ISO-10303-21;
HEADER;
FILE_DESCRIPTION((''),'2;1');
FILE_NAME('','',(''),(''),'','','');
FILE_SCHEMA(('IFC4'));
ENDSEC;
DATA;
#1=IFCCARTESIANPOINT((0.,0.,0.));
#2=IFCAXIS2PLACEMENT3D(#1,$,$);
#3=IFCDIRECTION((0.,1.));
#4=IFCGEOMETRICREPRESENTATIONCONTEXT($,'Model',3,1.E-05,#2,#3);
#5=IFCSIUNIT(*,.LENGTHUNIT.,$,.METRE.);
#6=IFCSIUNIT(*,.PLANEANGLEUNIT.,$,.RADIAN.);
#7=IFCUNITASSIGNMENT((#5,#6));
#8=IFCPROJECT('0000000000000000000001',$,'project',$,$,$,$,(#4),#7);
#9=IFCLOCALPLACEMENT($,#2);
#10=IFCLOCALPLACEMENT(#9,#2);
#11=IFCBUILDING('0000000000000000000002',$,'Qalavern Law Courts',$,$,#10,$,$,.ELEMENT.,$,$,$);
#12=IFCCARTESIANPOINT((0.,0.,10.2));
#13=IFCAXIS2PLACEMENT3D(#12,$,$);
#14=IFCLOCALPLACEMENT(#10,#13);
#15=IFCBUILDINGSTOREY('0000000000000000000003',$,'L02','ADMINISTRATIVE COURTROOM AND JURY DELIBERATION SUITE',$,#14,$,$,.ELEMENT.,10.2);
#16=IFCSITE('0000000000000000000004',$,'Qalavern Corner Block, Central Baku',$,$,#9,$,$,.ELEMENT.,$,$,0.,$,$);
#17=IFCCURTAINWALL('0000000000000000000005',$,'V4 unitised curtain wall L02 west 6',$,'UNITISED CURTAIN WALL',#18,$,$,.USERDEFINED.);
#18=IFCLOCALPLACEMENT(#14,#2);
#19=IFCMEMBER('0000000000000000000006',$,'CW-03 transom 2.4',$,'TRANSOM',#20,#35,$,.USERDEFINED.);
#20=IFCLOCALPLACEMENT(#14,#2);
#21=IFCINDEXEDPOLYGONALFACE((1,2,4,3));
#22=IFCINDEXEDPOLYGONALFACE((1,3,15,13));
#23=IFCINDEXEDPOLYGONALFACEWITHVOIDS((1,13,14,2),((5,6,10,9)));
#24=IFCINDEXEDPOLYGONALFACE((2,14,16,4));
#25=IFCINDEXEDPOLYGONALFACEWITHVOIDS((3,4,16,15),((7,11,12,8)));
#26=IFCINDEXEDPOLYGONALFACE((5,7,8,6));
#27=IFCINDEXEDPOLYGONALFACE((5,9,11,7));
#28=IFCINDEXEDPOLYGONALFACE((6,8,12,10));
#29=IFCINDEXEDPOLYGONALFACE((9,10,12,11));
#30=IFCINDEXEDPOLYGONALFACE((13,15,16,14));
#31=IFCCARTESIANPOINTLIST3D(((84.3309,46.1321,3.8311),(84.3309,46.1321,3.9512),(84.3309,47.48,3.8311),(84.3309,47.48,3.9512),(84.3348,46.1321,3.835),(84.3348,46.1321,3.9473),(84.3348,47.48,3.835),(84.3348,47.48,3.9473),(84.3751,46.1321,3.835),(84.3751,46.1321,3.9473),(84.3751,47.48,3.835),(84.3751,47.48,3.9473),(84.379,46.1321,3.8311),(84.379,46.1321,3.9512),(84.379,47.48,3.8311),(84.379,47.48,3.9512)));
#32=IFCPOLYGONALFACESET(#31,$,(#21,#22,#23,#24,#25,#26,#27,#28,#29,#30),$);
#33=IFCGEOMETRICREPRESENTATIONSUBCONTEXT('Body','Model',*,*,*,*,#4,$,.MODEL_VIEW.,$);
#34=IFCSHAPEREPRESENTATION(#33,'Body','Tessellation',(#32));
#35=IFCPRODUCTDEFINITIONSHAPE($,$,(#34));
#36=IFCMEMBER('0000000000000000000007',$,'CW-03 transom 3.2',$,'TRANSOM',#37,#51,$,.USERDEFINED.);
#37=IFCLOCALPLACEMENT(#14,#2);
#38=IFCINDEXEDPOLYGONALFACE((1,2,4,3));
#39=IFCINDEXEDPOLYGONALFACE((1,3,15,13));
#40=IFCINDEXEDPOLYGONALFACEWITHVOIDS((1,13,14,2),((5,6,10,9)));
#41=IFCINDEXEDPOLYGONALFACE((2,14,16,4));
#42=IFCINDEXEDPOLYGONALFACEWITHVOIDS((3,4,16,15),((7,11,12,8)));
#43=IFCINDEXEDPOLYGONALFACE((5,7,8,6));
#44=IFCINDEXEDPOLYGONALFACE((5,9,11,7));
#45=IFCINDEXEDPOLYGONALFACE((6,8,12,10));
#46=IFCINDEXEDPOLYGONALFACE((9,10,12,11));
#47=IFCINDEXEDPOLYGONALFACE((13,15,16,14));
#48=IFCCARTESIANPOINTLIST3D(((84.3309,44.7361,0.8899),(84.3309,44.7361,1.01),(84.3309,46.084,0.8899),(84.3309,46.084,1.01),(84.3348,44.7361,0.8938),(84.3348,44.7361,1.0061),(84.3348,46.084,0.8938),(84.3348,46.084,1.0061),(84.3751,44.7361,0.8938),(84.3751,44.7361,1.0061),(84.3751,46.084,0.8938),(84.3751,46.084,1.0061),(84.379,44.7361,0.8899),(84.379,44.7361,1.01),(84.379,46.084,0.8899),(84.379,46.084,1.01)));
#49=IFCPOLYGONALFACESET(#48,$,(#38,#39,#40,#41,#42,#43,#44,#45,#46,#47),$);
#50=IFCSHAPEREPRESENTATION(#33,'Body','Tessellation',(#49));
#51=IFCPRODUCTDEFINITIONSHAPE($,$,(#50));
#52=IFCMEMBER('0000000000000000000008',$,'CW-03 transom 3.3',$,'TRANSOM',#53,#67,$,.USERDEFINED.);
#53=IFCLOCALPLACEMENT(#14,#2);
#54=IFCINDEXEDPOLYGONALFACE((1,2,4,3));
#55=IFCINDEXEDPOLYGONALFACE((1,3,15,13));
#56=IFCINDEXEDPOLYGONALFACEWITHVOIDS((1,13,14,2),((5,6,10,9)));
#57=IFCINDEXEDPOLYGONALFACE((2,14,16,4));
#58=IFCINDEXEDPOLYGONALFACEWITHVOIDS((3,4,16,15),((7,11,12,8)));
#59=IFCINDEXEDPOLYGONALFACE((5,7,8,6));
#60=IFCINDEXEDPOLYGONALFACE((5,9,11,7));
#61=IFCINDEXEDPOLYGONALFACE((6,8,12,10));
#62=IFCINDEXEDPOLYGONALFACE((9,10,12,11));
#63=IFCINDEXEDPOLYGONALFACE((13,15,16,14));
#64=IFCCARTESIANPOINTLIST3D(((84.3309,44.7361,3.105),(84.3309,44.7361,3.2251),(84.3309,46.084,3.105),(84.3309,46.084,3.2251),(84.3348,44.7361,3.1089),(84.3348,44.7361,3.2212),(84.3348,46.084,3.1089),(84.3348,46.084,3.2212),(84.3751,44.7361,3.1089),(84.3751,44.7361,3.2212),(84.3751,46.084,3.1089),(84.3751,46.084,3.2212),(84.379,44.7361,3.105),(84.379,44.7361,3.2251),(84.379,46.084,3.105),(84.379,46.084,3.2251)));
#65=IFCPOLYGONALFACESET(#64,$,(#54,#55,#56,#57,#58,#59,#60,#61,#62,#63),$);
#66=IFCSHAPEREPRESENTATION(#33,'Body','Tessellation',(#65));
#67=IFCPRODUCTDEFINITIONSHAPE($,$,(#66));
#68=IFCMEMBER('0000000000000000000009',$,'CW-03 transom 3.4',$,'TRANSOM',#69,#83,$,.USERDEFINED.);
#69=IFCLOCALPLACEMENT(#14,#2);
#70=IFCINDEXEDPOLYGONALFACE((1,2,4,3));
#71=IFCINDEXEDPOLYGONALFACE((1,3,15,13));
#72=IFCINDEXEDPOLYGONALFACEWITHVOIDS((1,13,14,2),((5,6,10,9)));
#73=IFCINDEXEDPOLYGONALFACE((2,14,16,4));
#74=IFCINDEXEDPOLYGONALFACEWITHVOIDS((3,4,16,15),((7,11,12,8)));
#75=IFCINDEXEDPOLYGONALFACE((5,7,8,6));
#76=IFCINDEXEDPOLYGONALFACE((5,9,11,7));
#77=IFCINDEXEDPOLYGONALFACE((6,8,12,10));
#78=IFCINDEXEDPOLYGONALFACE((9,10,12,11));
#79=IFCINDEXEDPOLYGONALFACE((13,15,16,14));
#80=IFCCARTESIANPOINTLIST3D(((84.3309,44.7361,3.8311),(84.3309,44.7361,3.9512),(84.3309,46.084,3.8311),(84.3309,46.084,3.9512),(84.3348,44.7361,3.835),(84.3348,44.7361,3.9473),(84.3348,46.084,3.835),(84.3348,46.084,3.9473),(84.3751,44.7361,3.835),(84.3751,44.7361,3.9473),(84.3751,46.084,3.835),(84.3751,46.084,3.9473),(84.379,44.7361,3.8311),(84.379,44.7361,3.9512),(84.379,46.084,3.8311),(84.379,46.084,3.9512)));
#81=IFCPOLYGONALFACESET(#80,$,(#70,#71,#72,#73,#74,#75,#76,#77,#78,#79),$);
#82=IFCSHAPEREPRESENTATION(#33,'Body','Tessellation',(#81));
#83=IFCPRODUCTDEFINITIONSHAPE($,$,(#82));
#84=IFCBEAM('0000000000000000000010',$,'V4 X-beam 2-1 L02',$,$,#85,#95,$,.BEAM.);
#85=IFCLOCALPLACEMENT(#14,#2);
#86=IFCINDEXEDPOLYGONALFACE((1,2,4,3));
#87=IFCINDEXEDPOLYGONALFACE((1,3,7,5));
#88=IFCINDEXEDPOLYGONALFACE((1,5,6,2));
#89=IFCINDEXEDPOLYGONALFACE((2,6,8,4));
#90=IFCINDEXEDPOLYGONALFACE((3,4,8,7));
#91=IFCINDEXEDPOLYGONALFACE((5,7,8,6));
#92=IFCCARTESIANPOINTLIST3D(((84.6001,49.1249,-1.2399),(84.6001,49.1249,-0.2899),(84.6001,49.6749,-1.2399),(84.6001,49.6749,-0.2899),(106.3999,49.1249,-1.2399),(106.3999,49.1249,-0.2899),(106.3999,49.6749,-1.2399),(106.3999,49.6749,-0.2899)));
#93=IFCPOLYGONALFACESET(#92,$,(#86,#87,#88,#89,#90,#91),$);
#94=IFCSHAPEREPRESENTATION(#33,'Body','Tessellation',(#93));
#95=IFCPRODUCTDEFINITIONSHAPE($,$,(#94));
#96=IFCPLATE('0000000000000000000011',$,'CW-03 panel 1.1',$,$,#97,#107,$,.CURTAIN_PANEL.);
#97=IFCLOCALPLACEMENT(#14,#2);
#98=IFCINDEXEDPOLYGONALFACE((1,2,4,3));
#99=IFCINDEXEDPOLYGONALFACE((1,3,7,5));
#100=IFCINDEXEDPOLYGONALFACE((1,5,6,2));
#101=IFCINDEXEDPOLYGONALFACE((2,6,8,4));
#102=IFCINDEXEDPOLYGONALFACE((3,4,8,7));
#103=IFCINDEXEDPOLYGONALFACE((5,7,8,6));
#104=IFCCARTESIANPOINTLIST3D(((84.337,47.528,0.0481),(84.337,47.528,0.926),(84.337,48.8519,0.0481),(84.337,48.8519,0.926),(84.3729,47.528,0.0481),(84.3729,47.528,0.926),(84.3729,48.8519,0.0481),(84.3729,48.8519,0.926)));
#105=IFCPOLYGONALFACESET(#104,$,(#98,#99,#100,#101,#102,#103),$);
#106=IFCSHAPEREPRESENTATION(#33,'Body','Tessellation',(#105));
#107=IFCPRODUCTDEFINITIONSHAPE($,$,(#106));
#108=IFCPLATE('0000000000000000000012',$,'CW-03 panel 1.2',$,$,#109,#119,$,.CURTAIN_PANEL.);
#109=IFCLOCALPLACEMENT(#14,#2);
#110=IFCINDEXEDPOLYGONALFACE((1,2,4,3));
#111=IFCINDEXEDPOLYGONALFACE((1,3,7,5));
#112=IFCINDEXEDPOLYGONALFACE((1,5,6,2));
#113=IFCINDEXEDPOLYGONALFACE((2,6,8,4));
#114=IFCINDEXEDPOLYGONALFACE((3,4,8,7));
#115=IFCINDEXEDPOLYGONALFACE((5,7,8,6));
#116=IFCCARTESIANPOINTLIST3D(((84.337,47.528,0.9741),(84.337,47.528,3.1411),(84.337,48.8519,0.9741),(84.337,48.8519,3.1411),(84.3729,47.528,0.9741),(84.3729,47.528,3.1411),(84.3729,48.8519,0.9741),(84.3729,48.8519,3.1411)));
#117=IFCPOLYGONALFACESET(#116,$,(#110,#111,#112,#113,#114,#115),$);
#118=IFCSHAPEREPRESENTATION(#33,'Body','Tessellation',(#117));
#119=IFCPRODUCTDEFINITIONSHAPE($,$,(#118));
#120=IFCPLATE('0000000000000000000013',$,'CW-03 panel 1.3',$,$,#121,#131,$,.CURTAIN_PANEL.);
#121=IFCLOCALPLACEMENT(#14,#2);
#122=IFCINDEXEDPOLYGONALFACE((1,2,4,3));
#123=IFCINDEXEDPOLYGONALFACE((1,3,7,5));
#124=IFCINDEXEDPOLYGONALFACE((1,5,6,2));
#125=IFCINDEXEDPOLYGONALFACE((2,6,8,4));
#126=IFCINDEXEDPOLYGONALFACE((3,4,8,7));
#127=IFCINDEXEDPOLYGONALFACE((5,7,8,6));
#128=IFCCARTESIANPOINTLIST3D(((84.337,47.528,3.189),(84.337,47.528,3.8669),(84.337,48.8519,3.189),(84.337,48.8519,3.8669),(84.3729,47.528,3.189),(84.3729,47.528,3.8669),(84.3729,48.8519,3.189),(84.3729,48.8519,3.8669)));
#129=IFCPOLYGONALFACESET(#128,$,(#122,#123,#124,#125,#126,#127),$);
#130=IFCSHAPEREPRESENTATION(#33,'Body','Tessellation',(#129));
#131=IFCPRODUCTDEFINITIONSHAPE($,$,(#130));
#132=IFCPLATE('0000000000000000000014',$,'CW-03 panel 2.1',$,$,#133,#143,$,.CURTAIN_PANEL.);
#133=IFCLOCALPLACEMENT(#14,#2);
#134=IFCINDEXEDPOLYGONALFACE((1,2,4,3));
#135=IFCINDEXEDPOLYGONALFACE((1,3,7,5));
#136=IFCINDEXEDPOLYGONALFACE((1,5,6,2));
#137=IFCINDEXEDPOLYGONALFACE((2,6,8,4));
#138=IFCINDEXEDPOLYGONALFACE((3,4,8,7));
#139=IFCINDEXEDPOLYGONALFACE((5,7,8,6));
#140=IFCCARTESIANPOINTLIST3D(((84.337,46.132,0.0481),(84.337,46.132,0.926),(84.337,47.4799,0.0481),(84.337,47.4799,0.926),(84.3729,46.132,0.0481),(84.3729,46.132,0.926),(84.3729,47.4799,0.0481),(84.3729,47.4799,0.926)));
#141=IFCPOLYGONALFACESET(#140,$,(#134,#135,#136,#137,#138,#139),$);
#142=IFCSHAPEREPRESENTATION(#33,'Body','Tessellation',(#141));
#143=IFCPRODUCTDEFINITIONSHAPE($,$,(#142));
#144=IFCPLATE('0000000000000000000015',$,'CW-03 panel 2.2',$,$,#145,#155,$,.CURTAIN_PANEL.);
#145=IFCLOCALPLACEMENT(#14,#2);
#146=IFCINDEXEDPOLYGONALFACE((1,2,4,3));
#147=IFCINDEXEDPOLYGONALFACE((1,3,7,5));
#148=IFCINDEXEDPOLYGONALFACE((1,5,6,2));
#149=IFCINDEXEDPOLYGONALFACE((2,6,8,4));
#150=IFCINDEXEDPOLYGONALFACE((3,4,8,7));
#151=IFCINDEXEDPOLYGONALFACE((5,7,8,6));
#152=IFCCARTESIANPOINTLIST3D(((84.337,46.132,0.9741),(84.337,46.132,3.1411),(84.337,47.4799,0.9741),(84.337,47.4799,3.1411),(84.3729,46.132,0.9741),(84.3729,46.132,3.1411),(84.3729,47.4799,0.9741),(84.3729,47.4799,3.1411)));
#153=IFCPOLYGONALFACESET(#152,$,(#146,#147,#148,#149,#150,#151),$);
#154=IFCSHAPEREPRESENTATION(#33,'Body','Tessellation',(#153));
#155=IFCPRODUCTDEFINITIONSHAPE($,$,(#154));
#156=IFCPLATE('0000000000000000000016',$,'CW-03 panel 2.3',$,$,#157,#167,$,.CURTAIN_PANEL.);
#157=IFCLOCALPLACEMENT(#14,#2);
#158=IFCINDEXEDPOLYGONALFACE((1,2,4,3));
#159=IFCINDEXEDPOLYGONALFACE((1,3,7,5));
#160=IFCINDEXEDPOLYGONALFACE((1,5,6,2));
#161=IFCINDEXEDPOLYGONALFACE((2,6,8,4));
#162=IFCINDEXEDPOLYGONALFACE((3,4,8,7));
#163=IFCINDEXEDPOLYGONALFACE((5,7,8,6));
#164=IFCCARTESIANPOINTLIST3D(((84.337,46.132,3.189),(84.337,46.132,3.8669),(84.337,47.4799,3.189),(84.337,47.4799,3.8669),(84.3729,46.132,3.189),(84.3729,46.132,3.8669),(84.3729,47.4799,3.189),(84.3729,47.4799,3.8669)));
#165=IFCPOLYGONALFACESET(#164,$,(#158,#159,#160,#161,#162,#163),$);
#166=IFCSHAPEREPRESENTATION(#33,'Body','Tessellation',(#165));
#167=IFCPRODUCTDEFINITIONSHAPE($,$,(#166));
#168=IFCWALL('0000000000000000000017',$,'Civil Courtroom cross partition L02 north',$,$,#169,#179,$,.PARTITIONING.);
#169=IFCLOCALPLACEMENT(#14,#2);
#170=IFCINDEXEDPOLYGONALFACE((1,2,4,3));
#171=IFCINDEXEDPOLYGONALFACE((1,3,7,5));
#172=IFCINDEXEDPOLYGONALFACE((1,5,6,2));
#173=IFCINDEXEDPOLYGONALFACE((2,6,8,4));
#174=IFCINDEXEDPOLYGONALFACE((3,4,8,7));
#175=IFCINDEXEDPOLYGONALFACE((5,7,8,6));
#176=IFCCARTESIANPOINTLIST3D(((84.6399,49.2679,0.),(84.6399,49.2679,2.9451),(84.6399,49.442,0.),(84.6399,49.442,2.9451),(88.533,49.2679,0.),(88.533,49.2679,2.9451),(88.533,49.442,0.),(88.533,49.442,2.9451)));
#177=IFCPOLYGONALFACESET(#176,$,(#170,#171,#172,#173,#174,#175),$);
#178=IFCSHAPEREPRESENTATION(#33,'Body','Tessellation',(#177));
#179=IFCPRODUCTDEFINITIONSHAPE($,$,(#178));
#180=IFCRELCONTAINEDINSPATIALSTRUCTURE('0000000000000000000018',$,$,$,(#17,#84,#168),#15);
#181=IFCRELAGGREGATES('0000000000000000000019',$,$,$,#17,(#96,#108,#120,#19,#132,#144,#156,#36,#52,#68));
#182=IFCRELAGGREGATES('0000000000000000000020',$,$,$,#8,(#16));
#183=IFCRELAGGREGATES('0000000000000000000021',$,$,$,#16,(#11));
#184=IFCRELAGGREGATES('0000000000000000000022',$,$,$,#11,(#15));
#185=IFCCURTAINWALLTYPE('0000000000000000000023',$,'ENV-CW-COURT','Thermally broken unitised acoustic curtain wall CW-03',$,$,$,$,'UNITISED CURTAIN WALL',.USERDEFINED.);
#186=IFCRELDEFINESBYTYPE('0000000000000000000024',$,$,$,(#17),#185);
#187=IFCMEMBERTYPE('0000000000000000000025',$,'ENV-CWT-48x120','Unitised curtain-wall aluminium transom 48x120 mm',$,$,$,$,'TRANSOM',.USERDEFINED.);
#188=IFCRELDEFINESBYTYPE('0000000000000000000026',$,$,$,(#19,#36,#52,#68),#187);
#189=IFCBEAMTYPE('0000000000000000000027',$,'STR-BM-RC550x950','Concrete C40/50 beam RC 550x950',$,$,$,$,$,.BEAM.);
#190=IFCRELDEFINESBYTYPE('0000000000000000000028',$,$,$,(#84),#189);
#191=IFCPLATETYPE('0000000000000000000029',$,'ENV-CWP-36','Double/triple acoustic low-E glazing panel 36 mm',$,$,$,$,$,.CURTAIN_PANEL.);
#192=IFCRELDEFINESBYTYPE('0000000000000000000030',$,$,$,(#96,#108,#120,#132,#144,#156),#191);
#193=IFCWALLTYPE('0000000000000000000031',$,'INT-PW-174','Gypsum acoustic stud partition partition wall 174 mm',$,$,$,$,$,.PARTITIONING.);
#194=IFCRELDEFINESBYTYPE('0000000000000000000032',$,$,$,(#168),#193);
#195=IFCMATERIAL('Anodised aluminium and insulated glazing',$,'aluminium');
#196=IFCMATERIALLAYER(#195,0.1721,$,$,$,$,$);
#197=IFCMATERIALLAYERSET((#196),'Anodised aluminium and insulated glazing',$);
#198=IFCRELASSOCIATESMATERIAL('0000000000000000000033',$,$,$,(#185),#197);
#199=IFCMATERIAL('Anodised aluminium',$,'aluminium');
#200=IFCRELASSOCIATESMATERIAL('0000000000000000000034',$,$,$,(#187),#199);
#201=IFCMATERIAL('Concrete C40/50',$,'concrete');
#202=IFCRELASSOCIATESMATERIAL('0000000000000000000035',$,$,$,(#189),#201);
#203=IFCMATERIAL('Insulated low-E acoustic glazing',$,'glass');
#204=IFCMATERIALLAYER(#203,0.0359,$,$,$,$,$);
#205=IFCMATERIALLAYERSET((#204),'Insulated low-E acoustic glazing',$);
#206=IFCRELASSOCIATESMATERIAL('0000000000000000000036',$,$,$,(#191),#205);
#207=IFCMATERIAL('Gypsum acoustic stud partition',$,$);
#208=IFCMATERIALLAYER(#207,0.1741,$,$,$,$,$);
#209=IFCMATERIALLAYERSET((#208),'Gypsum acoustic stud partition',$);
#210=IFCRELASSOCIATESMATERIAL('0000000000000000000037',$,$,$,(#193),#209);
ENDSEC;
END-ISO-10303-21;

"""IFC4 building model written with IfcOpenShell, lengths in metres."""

from ifc_helpers import new_model, si_unit, direction, frame, frame_2d, origin, origin_2d, place, context, subcontext, project, spatial, rectangle, hollow_rectangle, extrude, material, layer, layer_set, material_profile, profile_set, type_object, element, aggregate, save


model = new_model("IFC4")

# Units and contexts
model_context = context("Model", 3, precision=1e-05, world=origin(), true_north=direction((0.0, 1.0)))
body_context = subcontext(model_context, "Body", "Model", "MODEL_VIEW")
ifc_project = project(units=[si_unit("LENGTHUNIT", "METRE"), si_unit("PLANEANGLEUNIT", "RADIAN")], contexts=[model_context])

# Site, building, storey
site_placement = place(None, origin())
site = spatial("IfcSite", under=ifc_project, at=site_placement, Name="Qalavern Corner Block, Central Baku", CompositionType="ELEMENT", RefElevation=0.0)
building_placement = place(site_placement, origin())
building = spatial("IfcBuilding", under=site, at=building_placement, Name="Qalavern Law Courts", CompositionType="ELEMENT")
storey_placement = place(building_placement, frame((0.0, 0.0, 10.2)))
storey = spatial("IfcBuildingStorey", under=building, at=storey_placement, Name="L02", Description="ADMINISTRATIVE COURTROOM AND JURY DELIBERATION SUITE", CompositionType="ELEMENT", Elevation=10.2)

# Curtain wall, members
ifc_material_1 = material(Name="Anodised aluminium and insulated glazing", Category="aluminium")
ifc_layer_1 = layer(ifc_material_1, 0.1721)
ifc_layer_set_1 = layer_set([ifc_layer_1], Name="Anodised aluminium and insulated glazing")
curtain_wall_type = type_object("IfcCurtainWallType", Name="ENV-CW-COURT", Description="Thermally broken unitised acoustic curtain wall CW-03", ElementType="UNITISED CURTAIN WALL", PredefinedType="USERDEFINED", material=ifc_layer_set_1)
curtain_wall_placement = place(storey_placement, origin())
curtain_wall = element("IfcCurtainWall", 1, at=curtain_wall_placement, inside=storey, type_object=curtain_wall_type, Name="V4 unitised curtain wall L02 west 6", ObjectType="UNITISED CURTAIN WALL", PredefinedType="USERDEFINED")
ifc_material_2 = material(Name="Anodised aluminium", Category="aluminium")
ifc_material_profile_1 = material_profile(ifc_material_2, hollow_rectangle(XDim=0.0481, YDim=0.1201, WallThickness=0.0039, at=origin_2d()), Name="ALU TRANSOM 48x120")
ifc_profile_set_1 = profile_set([ifc_material_profile_1], Name="Anodised aluminium")
member_type_1 = type_object("IfcMemberType", Name="ENV-CWT-48x120", Description="Unitised curtain-wall aluminium transom 48x120 mm", ElementType="TRANSOM", PredefinedType="USERDEFINED", material=ifc_profile_set_1)
member_1_placement = place(storey_placement, frame((84.355, 47.48, 3.8911), z_axis=(0.0, -1.0, 0.0), x_axis=(1.0, 0.0, 0.0)))
member_1 = element("IfcMember", 2, at=member_1_placement, type_object=member_type_1, Name="CW-03 transom 2.4", ObjectType="TRANSOM", PredefinedType="USERDEFINED", context=body_context, shape_type="SweptSolid", body=[
    extrude(hollow_rectangle(XDim=0.0481, YDim=0.1201, WallThickness=0.0039, at=origin_2d()), origin(), (0.0, 0.0, 1.0), 1.3479),
])
member_2_placement = place(storey_placement, frame((84.355, 46.084, 0.95), z_axis=(0.0, -1.0, 0.0), x_axis=(1.0, 0.0, 0.0)))
member_2 = element("IfcMember", 3, at=member_2_placement, type_object=member_type_1, Name="CW-03 transom 3.2", ObjectType="TRANSOM", PredefinedType="USERDEFINED", context=body_context, shape_type="SweptSolid", body=[
    extrude(hollow_rectangle(XDim=0.0481, YDim=0.1201, WallThickness=0.0039, at=origin_2d()), origin(), (0.0, 0.0, 1.0), 1.3479),
])
member_3_placement = place(storey_placement, frame((84.355, 46.084, 3.165), z_axis=(0.0, -1.0, 0.0), x_axis=(1.0, 0.0, 0.0)))
member_3 = element("IfcMember", 4, at=member_3_placement, type_object=member_type_1, Name="CW-03 transom 3.3", ObjectType="TRANSOM", PredefinedType="USERDEFINED", context=body_context, shape_type="SweptSolid", body=[
    extrude(hollow_rectangle(XDim=0.0481, YDim=0.1201, WallThickness=0.0039, at=origin_2d()), origin(), (0.0, 0.0, 1.0), 1.3479),
])
member_4_placement = place(storey_placement, frame((84.355, 46.084, 3.8911), z_axis=(0.0, -1.0, 0.0), x_axis=(1.0, 0.0, 0.0)))
member_4 = element("IfcMember", 5, at=member_4_placement, type_object=member_type_1, Name="CW-03 transom 3.4", ObjectType="TRANSOM", PredefinedType="USERDEFINED", context=body_context, shape_type="SweptSolid", body=[
    extrude(hollow_rectangle(XDim=0.0481, YDim=0.1201, WallThickness=0.0039, at=origin_2d()), origin(), (0.0, 0.0, 1.0), 1.3479),
])

# Beam
ifc_material_3 = material(Name="Concrete C40/50", Category="concrete")
ifc_material_profile_2 = material_profile(ifc_material_3, rectangle(XDim=0.55, YDim=0.95, at=origin_2d()), Name="RC 550x950")
ifc_profile_set_2 = profile_set([ifc_material_profile_2], Name="Concrete C40/50")
beam_type = type_object("IfcBeamType", Name="STR-BM-RC550x950", Description="Concrete C40/50 beam RC 550x950", PredefinedType="BEAM", material=ifc_profile_set_2)
beam_placement = place(storey_placement, frame((84.6001, 49.3999, -0.7649), z_axis=(1.0, 0.0, 0.0), x_axis=(0.0, 1.0, 0.0)))
element("IfcBeam", 6, at=beam_placement, inside=storey, type_object=beam_type, Name="V4 X-beam 2-1 L02", PredefinedType="BEAM", context=body_context, shape_type="SweptSolid", body=[
    extrude(rectangle(XDim=0.55, YDim=0.95, at=origin_2d()), origin(), (0.0, 0.0, 1.0), 21.7998),
])

# Plates
ifc_material_4 = material(Name="Insulated low-E acoustic glazing", Category="glass")
ifc_layer_2 = layer(ifc_material_4, 0.0359)
ifc_layer_set_2 = layer_set([ifc_layer_2], Name="Insulated low-E acoustic glazing")
plate_type = type_object("IfcPlateType", Name="ENV-CWP-36", Description="Double/triple acoustic low-E glazing panel 36 mm", PredefinedType="CURTAIN_PANEL", material=ifc_layer_set_2)
plate_1_placement = place(storey_placement, frame((84.355, 48.1899, 0.0481), z_axis=(0.0, 0.0, 1.0), x_axis=(0.0, -1.0, 0.0)))
plate_1 = element("IfcPlate", 7, at=plate_1_placement, type_object=plate_type, Name="CW-03 panel 1.1", PredefinedType="CURTAIN_PANEL", context=body_context, shape_type="SweptSolid", body=[
    extrude(rectangle(XDim=1.324, YDim=0.0359, at=origin_2d()), origin(), (0.0, 0.0, 1.0), 0.8779),
])
plate_2_placement = place(storey_placement, frame((84.355, 48.1899, 0.9741), z_axis=(0.0, 0.0, 1.0), x_axis=(0.0, -1.0, 0.0)))
plate_2 = element("IfcPlate", 8, at=plate_2_placement, type_object=plate_type, Name="CW-03 panel 1.2", PredefinedType="CURTAIN_PANEL", context=body_context, shape_type="SweptSolid", body=[
    extrude(rectangle(XDim=1.324, YDim=0.0359, at=origin_2d()), origin(), (0.0, 0.0, 1.0), 2.167),
])
plate_3_placement = place(storey_placement, frame((84.355, 48.1899, 3.189), z_axis=(0.0, 0.0, 1.0), x_axis=(0.0, -1.0, 0.0)))
plate_3 = element("IfcPlate", 9, at=plate_3_placement, type_object=plate_type, Name="CW-03 panel 1.3", PredefinedType="CURTAIN_PANEL", context=body_context, shape_type="SweptSolid", body=[
    extrude(rectangle(XDim=1.324, YDim=0.0359, at=origin_2d()), origin(), (0.0, 0.0, 1.0), 0.678),
])
plate_4_placement = place(storey_placement, frame((84.355, 46.8059, 0.0481), z_axis=(0.0, 0.0, 1.0), x_axis=(0.0, -1.0, 0.0)))
plate_4 = element("IfcPlate", 10, at=plate_4_placement, type_object=plate_type, Name="CW-03 panel 2.1", PredefinedType="CURTAIN_PANEL", context=body_context, shape_type="SweptSolid", body=[
    extrude(rectangle(XDim=1.3479, YDim=0.0359, at=origin_2d()), origin(), (0.0, 0.0, 1.0), 0.8779),
])
plate_5_placement = place(storey_placement, frame((84.355, 46.8059, 0.9741), z_axis=(0.0, 0.0, 1.0), x_axis=(0.0, -1.0, 0.0)))
plate_5 = element("IfcPlate", 11, at=plate_5_placement, type_object=plate_type, Name="CW-03 panel 2.2", PredefinedType="CURTAIN_PANEL", context=body_context, shape_type="SweptSolid", body=[
    extrude(rectangle(XDim=1.3479, YDim=0.0359, at=origin_2d()), origin(), (0.0, 0.0, 1.0), 2.167),
])
plate_6_placement = place(storey_placement, frame((84.355, 46.8059, 3.189), z_axis=(0.0, 0.0, 1.0), x_axis=(0.0, -1.0, 0.0)))
plate_6 = element("IfcPlate", 12, at=plate_6_placement, type_object=plate_type, Name="CW-03 panel 2.3", PredefinedType="CURTAIN_PANEL", context=body_context, shape_type="SweptSolid", body=[
    extrude(rectangle(XDim=1.3479, YDim=0.0359, at=origin_2d()), origin(), (0.0, 0.0, 1.0), 0.678),
])
aggregate(curtain_wall, [plate_1, plate_2, plate_3, member_1, plate_4, plate_5, plate_6, member_2, member_3, member_4])

# Wall
ifc_material_5 = material(Name="Gypsum acoustic stud partition")
ifc_layer_3 = layer(ifc_material_5, 0.1741)
ifc_layer_set_3 = layer_set([ifc_layer_3], Name="Gypsum acoustic stud partition")
wall_type = type_object("IfcWallType", Name="INT-PW-174", Description="Gypsum acoustic stud partition partition wall 174 mm", PredefinedType="PARTITIONING", material=ifc_layer_set_3)
wall_placement = place(storey_placement, frame((84.6399, 49.355, 0.0), z_axis=(0.0, 0.0, 1.0), x_axis=(1.0, 0.0, 0.0)))
element("IfcWall", 13, at=wall_placement, inside=storey, type_object=wall_type, Name="Civil Courtroom cross partition L02 north", PredefinedType="PARTITIONING", context=body_context, shape_type="SweptSolid", body=[
    extrude(rectangle(XDim=3.8931, YDim=0.1741, at=frame_2d((1.9465, 0.0))), origin(), (0.0, 0.0, 1.0), 2.9451),
])

save(model, "model.ifc")
